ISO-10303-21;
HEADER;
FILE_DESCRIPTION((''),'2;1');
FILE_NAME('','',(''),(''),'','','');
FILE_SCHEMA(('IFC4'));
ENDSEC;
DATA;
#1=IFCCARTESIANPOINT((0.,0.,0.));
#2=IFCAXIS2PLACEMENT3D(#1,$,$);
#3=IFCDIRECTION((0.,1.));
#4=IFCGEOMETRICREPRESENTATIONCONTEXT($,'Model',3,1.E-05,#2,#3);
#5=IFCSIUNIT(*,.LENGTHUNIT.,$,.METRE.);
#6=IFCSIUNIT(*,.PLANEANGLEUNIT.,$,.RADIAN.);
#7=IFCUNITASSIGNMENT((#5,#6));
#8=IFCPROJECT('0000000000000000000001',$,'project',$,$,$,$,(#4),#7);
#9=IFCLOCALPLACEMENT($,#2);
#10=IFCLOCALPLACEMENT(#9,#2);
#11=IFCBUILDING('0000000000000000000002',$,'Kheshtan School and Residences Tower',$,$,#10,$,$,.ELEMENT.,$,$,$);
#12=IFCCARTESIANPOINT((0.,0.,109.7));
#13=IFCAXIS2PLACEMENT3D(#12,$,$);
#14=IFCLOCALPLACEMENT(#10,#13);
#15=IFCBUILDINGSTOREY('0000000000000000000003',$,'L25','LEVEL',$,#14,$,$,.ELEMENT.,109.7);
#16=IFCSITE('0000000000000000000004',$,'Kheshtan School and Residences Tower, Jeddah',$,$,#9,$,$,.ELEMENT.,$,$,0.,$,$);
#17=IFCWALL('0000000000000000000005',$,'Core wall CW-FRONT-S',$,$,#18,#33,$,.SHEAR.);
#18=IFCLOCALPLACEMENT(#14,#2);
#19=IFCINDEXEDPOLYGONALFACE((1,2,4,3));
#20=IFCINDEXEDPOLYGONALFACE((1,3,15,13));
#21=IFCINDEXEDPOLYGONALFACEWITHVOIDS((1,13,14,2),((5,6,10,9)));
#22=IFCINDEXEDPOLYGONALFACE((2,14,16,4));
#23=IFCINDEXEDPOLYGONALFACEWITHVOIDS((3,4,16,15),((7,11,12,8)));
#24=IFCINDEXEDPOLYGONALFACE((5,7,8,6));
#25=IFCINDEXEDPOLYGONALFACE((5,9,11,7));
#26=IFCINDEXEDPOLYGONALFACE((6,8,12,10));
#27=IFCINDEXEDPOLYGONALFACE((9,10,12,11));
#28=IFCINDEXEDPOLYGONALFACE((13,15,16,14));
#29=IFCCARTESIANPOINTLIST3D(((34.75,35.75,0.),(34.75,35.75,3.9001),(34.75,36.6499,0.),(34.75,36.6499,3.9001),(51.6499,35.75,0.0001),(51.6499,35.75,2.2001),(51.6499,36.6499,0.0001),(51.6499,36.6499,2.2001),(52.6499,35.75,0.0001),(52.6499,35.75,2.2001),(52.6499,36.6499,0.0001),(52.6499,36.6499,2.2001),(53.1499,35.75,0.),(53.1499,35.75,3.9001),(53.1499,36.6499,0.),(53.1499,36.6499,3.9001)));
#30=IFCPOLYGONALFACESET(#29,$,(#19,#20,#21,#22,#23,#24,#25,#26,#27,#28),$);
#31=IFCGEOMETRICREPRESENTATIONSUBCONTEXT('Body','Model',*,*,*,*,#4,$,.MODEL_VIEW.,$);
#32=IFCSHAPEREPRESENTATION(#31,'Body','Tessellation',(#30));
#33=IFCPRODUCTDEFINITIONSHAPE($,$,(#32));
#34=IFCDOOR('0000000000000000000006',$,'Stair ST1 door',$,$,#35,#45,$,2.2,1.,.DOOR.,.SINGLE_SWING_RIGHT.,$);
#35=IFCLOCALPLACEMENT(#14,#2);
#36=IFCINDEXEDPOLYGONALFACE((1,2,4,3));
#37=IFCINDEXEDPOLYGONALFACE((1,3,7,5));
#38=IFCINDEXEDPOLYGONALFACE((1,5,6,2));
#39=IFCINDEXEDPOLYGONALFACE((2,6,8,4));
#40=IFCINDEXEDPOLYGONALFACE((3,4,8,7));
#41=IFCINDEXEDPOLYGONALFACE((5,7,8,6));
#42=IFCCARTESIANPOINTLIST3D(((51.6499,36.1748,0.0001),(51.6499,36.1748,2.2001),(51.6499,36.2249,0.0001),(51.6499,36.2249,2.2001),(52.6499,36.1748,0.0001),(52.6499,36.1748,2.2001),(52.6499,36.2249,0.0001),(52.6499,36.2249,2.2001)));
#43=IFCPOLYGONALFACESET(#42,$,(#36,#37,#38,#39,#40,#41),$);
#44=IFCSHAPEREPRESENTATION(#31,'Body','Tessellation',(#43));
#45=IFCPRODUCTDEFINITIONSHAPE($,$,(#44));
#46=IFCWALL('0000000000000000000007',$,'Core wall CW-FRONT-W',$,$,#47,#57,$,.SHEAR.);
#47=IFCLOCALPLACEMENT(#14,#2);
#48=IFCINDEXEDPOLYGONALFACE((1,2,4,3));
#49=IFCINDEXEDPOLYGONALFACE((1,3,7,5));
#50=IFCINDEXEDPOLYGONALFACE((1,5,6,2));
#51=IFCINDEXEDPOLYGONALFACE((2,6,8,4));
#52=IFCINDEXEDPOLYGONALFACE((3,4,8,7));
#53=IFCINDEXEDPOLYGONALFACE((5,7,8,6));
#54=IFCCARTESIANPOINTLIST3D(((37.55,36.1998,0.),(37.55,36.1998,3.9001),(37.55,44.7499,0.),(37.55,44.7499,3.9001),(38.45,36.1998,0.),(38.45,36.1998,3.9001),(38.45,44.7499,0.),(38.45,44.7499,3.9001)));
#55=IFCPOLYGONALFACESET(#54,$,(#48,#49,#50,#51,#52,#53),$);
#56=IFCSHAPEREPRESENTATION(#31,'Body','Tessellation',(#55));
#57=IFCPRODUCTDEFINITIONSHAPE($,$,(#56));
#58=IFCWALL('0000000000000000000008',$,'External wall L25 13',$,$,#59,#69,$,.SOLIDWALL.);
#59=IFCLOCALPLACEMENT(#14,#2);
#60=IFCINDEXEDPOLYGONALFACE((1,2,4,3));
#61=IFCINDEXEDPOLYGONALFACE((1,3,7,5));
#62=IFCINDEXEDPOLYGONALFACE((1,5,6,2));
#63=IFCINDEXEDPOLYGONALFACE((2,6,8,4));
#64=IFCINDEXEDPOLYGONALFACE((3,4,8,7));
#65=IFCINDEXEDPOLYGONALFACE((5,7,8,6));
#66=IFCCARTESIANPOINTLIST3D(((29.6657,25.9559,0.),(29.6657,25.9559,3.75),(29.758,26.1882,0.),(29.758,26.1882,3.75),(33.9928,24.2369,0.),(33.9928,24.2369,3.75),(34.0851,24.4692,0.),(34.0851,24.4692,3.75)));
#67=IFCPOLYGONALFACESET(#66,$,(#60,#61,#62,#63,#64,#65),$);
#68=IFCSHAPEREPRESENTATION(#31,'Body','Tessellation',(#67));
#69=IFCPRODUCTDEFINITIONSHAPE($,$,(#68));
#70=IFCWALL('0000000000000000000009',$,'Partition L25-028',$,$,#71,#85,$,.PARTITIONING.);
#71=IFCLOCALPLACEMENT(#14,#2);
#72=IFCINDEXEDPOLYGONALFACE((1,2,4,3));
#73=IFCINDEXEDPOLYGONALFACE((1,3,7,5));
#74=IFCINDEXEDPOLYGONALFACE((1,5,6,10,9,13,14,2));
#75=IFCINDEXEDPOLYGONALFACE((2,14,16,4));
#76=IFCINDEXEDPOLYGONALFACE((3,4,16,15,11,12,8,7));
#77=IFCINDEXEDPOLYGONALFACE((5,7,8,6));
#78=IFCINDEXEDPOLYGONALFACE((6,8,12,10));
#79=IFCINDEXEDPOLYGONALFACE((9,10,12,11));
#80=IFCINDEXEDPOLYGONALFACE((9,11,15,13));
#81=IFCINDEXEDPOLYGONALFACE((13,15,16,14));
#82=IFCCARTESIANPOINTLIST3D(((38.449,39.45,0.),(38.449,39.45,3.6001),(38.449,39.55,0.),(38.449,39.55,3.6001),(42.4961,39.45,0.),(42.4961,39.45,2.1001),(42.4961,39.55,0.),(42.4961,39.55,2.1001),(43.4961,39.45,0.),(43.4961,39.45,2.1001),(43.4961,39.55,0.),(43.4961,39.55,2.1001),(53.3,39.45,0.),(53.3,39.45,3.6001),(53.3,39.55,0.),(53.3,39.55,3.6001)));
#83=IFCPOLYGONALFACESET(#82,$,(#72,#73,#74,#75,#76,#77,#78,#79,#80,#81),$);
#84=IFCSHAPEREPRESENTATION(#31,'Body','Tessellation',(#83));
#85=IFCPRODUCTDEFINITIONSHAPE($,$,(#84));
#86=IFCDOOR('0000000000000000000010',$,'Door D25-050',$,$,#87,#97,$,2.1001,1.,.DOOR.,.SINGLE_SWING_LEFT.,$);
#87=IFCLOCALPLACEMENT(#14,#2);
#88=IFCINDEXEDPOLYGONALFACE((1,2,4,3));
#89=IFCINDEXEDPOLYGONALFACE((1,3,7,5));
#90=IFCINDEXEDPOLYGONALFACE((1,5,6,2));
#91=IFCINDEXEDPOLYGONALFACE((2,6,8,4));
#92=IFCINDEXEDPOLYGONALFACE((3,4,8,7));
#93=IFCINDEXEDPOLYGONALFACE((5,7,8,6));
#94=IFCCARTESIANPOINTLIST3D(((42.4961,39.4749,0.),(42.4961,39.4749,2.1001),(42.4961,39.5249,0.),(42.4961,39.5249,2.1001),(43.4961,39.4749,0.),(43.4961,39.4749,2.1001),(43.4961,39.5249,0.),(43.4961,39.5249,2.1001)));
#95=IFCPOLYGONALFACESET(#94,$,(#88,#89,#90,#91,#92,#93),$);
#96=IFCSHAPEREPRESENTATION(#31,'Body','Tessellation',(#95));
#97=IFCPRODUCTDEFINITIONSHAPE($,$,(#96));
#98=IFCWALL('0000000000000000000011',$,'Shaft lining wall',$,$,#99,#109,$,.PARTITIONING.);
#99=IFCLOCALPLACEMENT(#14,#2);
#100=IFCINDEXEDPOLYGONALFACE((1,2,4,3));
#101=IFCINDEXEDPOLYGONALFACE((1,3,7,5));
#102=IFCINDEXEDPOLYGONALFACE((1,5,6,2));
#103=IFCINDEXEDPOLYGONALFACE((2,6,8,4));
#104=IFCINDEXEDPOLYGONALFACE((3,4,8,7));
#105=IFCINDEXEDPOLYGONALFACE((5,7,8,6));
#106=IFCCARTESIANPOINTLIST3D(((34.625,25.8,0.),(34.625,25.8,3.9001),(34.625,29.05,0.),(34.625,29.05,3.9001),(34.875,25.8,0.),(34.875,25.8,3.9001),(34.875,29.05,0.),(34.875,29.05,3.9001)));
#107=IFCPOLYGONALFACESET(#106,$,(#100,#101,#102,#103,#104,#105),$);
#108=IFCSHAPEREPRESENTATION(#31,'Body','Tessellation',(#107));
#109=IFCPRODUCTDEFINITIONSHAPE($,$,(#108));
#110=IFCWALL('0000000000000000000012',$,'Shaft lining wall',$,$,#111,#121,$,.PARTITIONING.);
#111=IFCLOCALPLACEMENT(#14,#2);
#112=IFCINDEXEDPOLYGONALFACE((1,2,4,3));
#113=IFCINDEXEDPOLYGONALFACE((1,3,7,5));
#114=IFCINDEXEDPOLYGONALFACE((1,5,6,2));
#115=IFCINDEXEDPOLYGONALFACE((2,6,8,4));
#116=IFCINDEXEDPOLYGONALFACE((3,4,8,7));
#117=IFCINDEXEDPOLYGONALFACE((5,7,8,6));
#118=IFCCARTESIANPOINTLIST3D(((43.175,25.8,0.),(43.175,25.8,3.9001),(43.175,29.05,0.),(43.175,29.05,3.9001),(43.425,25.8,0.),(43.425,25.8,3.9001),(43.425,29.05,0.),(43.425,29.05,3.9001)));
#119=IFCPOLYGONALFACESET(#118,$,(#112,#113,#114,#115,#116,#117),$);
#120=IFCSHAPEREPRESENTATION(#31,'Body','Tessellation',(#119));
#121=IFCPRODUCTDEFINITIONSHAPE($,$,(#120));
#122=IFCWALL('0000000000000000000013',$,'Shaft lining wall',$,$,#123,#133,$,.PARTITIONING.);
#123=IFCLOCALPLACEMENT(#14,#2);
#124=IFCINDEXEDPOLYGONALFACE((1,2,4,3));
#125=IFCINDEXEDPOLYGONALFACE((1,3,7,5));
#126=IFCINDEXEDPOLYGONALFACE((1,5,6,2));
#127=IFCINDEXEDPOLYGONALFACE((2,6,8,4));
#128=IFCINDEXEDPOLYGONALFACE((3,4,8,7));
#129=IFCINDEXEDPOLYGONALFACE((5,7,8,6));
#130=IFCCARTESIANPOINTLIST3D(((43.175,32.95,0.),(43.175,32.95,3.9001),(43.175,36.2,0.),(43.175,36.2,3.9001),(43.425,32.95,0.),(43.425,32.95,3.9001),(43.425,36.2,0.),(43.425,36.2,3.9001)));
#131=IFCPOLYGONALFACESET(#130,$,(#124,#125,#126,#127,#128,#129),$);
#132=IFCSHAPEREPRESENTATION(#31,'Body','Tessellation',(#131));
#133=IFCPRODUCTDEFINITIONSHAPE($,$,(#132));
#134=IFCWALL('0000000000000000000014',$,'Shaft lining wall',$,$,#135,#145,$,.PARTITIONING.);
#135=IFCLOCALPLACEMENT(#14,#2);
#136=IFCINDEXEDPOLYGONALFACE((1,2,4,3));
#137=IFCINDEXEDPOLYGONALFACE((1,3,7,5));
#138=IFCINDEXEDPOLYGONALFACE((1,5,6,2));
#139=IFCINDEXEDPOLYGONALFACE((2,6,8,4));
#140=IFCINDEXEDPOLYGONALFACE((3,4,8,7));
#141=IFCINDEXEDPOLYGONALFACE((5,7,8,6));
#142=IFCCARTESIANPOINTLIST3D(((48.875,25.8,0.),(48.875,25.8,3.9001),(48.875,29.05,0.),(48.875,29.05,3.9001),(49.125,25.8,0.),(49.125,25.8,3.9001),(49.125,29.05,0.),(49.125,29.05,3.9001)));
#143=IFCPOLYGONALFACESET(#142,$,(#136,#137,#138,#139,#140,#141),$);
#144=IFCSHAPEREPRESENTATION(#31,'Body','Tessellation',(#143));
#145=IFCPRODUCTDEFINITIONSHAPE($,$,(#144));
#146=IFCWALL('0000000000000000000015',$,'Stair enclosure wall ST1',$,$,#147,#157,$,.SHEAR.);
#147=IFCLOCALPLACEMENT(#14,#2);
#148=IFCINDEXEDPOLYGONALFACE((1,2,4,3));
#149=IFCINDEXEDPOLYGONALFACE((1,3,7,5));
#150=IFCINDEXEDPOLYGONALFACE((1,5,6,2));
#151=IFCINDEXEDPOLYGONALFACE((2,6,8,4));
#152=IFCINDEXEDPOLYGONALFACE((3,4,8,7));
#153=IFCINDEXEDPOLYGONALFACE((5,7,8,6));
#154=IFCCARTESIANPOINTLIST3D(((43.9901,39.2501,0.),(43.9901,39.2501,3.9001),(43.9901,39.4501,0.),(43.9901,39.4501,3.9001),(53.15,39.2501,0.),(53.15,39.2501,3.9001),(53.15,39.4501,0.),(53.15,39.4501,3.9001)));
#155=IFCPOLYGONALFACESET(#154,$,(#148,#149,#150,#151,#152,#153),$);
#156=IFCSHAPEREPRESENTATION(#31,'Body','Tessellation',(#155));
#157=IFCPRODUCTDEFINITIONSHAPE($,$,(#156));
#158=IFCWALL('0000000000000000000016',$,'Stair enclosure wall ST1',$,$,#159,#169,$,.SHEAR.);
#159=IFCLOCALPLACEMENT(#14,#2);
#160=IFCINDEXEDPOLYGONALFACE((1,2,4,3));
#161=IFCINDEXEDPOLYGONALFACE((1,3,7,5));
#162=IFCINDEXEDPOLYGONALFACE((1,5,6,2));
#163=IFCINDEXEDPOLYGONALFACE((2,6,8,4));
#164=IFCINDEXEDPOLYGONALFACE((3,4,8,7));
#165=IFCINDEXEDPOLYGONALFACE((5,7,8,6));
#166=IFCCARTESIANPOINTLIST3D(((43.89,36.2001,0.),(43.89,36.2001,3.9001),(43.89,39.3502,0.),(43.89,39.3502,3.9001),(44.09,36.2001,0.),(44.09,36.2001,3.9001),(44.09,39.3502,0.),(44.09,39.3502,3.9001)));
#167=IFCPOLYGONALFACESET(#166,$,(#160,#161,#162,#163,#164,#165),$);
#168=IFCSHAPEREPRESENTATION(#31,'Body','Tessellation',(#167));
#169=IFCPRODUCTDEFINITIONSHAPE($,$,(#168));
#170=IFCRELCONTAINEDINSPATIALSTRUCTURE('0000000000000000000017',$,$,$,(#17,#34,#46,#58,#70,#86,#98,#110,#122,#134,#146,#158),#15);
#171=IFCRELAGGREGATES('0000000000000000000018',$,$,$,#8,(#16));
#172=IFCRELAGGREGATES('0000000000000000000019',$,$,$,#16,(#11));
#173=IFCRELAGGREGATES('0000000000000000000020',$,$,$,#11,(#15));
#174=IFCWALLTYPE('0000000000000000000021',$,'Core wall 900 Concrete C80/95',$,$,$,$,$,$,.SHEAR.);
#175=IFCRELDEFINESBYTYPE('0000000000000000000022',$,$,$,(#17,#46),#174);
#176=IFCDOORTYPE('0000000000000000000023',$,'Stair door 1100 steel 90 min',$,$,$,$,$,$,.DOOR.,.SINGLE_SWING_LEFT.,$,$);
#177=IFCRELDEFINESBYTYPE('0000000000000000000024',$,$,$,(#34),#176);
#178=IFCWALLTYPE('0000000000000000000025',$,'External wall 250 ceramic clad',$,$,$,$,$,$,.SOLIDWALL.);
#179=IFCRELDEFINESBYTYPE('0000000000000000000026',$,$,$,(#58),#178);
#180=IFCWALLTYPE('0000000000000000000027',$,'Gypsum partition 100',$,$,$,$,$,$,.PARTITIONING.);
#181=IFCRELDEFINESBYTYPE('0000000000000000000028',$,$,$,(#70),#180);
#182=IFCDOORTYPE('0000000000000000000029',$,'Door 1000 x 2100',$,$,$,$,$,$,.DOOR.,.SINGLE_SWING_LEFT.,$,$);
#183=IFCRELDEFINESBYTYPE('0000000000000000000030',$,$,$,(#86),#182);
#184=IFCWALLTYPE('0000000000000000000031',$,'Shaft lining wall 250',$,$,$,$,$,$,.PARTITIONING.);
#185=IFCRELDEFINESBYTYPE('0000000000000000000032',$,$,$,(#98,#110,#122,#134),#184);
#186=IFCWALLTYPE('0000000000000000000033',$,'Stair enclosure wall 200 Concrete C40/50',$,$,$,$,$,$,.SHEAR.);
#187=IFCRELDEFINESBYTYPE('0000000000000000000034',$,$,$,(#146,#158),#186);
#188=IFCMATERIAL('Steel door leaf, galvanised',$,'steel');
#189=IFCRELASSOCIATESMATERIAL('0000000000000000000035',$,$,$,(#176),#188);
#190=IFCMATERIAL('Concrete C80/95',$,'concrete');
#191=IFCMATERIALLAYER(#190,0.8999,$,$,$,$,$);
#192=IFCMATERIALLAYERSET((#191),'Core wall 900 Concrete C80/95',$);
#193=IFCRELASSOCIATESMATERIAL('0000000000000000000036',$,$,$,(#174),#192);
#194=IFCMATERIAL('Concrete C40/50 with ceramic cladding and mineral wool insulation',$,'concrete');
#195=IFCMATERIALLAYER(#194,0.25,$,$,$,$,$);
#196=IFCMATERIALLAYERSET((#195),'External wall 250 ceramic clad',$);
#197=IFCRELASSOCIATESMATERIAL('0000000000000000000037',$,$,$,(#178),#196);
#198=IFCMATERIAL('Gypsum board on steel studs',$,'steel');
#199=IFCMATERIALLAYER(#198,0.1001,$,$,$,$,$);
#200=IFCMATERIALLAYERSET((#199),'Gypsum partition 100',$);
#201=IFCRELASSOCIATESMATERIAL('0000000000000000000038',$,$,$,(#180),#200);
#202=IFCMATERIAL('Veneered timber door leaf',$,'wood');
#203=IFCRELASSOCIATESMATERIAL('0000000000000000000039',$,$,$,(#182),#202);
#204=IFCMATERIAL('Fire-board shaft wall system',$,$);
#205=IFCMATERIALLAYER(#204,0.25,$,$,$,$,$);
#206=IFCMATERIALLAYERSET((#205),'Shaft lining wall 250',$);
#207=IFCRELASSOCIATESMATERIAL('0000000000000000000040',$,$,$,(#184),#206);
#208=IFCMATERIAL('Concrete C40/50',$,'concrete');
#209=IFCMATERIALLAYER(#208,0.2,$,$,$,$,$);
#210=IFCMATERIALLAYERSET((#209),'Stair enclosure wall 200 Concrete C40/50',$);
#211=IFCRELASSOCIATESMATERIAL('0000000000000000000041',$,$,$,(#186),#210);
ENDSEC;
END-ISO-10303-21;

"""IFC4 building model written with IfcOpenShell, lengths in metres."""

from ifc_helpers import new_model, si_unit, direction, frame, frame_2d, origin, place, context, subcontext, project, spatial, rectangle, extrude, source, transform, mapped, material, layer, layer_set, type_object, element, fill, save


model = new_model("IFC4")

# Units and contexts
model_context = context("Model", 3, precision=1e-05, world=origin(), true_north=direction((0.0, 1.0)))
body_context = subcontext(model_context, "Body", "Model", "MODEL_VIEW")
ifc_project = project(units=[si_unit("LENGTHUNIT", "METRE"), si_unit("PLANEANGLEUNIT", "RADIAN")], contexts=[model_context])

# Site, building, storey
site_placement = place(None, origin())
site = spatial("IfcSite", under=ifc_project, at=site_placement, Name="Kheshtan School and Residences Tower, Jeddah", CompositionType="ELEMENT", RefElevation=0.0)
building_placement = place(site_placement, origin())
building = spatial("IfcBuilding", under=site, at=building_placement, Name="Kheshtan School and Residences Tower", CompositionType="ELEMENT")
storey_placement = place(building_placement, frame((0.0, 0.0, 109.7)))
storey = spatial("IfcBuildingStorey", under=building, at=storey_placement, Name="L25", Description="LEVEL", CompositionType="ELEMENT", Elevation=109.7)

# Shared definitions
ifc_material_1 = material(Name="Steel door leaf, galvanised", Category="steel")
door_type_1 = type_object("IfcDoorType", Name="Stair door 1100 steel 90 min", OperationType="SINGLE_SWING_LEFT", PredefinedType="DOOR", material=ifc_material_1)

# Shared definitions
ifc_material_2 = material(Name="Concrete C80/95", Category="concrete")
ifc_layer_1 = layer(ifc_material_2, 0.8999)
ifc_layer_set_1 = layer_set([ifc_layer_1], Name="Core wall 900 Concrete C80/95")
wall_type_1 = type_object("IfcWallType", Name="Core wall 900 Concrete C80/95", PredefinedType="SHEAR", material=ifc_layer_set_1)

# Wall, opening, door
wall_1_placement = place(storey_placement, frame((34.75, 36.2, 0.0), z_axis=(0.0, 0.0, 1.0), x_axis=(1.0, 0.0, 0.0)))
wall_1 = element("IfcWall", 1, at=wall_1_placement, inside=storey, type_object=wall_type_1, Name="Core wall CW-FRONT-S", PredefinedType="SHEAR", context=body_context, shape_type="SweptSolid", body=[
    extrude(rectangle(XDim=18.3999, YDim=0.8999, at=frame_2d((9.2, 0.0))), origin(), (0.0, 0.0, 1.0), 3.9001),
])
opening_1_placement = place(wall_1_placement, frame((16.8999, 0.0, 0.0)))
opening_1 = element("IfcOpeningElement", 2, at=opening_1_placement, cuts=wall_1, PredefinedType="OPENING", context=body_context, shape_type="SweptSolid", body=[
    extrude(rectangle(XDim=1.0, YDim=2.2, at=frame_2d((0.5, 1.1001))), frame((0.0, 0.46, 0.0), z_axis=(0.0, -1.0, 0.0), x_axis=(1.0, 0.0, 0.0)), (0.0, 0.0, 1.0), 0.9199),
])
shared_shape_1 = source(origin(), body_context, "Body", "SweptSolid", [
    extrude(rectangle(XDim=1.0, YDim=2.2, at=frame_2d((0.5, 1.1001))), frame((0.0, 0.0249, 0.0), z_axis=(0.0, -1.0, 0.0), x_axis=(1.0, 0.0, 0.0)), (0.0, 0.0, 1.0), 0.05),
])
door_1_placement = place(opening_1_placement, origin())
door_1 = element("IfcDoor", 3, at=door_1_placement, inside=storey, type_object=door_type_1, Name="Stair ST1 door", OperationType="SINGLE_SWING_RIGHT", OverallHeight=2.2, OverallWidth=1.0, PredefinedType="DOOR", context=body_context, shape_type="MappedRepresentation", body=[
    mapped(shared_shape_1, transform((0.0, 0.0, 0.0), x_axis=(1.0, 0.0, 0.0), y_axis=(0.0, 1.0, 0.0), z_axis=(0.0, 0.0, 1.0), scale=1.0)),
])
fill(opening_1, door_1)

# Walls
wall_2_placement = place(storey_placement, frame((38.0, 36.2, 0.0), z_axis=(0.0, 0.0, 1.0), x_axis=(0.0, 1.0, 0.0)))
element("IfcWall", 4, at=wall_2_placement, inside=storey, type_object=wall_type_1, Name="Core wall CW-FRONT-W", PredefinedType="SHEAR", context=body_context, shape_type="SweptSolid", body=[
    extrude(rectangle(XDim=8.55, YDim=0.8999, at=frame_2d((4.2749, 0.0))), origin(), (0.0, 0.0, 1.0), 3.9001),
])
ifc_material_3 = material(Name="Concrete C40/50 with ceramic cladding and mineral wool insulation", Category="concrete")
ifc_layer_2 = layer(ifc_material_3, 0.25)
ifc_layer_set_2 = layer_set([ifc_layer_2], Name="External wall 250 ceramic clad")
wall_type_2 = type_object("IfcWallType", Name="External wall 250 ceramic clad", PredefinedType="SOLIDWALL", material=ifc_layer_set_2)
wall_3_placement = place(storey_placement, frame((34.0391, 24.353, 0.0), z_axis=(0.0, 0.0, 1.0), x_axis=(-0.929353, 0.369193, 0.0)))
element("IfcWall", 5, at=wall_3_placement, inside=storey, type_object=wall_type_2, Name="External wall L25 13", PredefinedType="SOLIDWALL", context=body_context, shape_type="SweptSolid", body=[
    extrude(rectangle(XDim=4.656, YDim=0.25, at=frame_2d((2.3281, 0.0))), origin(), (0.0, 0.0, 1.0), 3.75),
])

# Wall, opening, door
ifc_material_4 = material(Name="Gypsum board on steel studs", Category="steel")
ifc_layer_3 = layer(ifc_material_4, 0.1001)
ifc_layer_set_3 = layer_set([ifc_layer_3], Name="Gypsum partition 100")
wall_type_3 = type_object("IfcWallType", Name="Gypsum partition 100", PredefinedType="PARTITIONING", material=ifc_layer_set_3)
wall_4_placement = place(storey_placement, frame((38.449, 39.5, 0.0), z_axis=(0.0, 0.0, 1.0), x_axis=(1.0, 0.0, 0.0)))
wall_4 = element("IfcWall", 6, at=wall_4_placement, inside=storey, type_object=wall_type_3, Name="Partition L25-028", PredefinedType="PARTITIONING", context=body_context, shape_type="SweptSolid", body=[
    extrude(rectangle(XDim=14.8511, YDim=0.1001, at=frame_2d((7.4255, 0.0))), origin(), (0.0, 0.0, 1.0), 3.6001),
])
opening_2_placement = place(wall_4_placement, frame((4.0471, 0.0, 0.0)))
opening_2 = element("IfcOpeningElement", 7, at=opening_2_placement, cuts=wall_4, PredefinedType="OPENING", context=body_context, shape_type="SweptSolid", body=[
    extrude(rectangle(XDim=1.0, YDim=2.1001, at=frame_2d((0.5, 1.05))), frame((0.0, 0.0601, 0.0), z_axis=(0.0, -1.0, 0.0), x_axis=(1.0, 0.0, 0.0)), (0.0, 0.0, 1.0), 0.1201),
])
ifc_material_5 = material(Name="Veneered timber door leaf", Category="wood")
door_type_2 = type_object("IfcDoorType", Name="Door 1000 x 2100", OperationType="SINGLE_SWING_LEFT", PredefinedType="DOOR", material=ifc_material_5)
shared_shape_2 = source(origin(), body_context, "Body", "SweptSolid", [
    extrude(rectangle(XDim=1.0, YDim=2.1001, at=frame_2d((0.5, 1.05))), frame((0.0, 0.0249, 0.0), z_axis=(0.0, -1.0, 0.0), x_axis=(1.0, 0.0, 0.0)), (0.0, 0.0, 1.0), 0.05),
])
door_2_placement = place(opening_2_placement, origin())
door_2 = element("IfcDoor", 8, at=door_2_placement, inside=storey, type_object=door_type_2, Name="Door D25-050", OperationType="SINGLE_SWING_LEFT", OverallHeight=2.1001, OverallWidth=1.0, PredefinedType="DOOR", context=body_context, shape_type="MappedRepresentation", body=[
    mapped(shared_shape_2, transform((0.0, 0.0, 0.0), x_axis=(1.0, 0.0, 0.0), y_axis=(0.0, 1.0, 0.0), z_axis=(0.0, 0.0, 1.0), scale=1.0)),
])
fill(opening_2, door_2)

# Walls
ifc_material_6 = material(Name="Fire-board shaft wall system")
ifc_layer_4 = layer(ifc_material_6, 0.25)
ifc_layer_set_4 = layer_set([ifc_layer_4], Name="Shaft lining wall 250")
wall_type_4 = type_object("IfcWallType", Name="Shaft lining wall 250", PredefinedType="PARTITIONING", material=ifc_layer_set_4)
for number, where, z_axis, x_axis, name in (
    (9, (34.75, 25.8, 0.0), (0.0, 0.0, 1.0), (0.0, 1.0, 0.0), "Shaft lining wall"),
    (10, (43.3, 25.8, 0.0), (0.0, 0.0, 1.0), (0.0, 1.0, 0.0), "Shaft lining wall"),
    (11, (43.3, 32.95, 0.0), (0.0, 0.0, 1.0), (0.0, 1.0, 0.0), "Shaft lining wall"),
    (12, (49.0, 25.8, 0.0), (0.0, 0.0, 1.0), (0.0, 1.0, 0.0), "Shaft lining wall"),
):
    element("IfcWall", number, at=place(storey_placement, frame(where, z_axis=z_axis, x_axis=x_axis)), inside=storey, type_object=wall_type_4, Name=name, PredefinedType="PARTITIONING", context=body_context, shape_type="SweptSolid", body=[
        extrude(rectangle(XDim=3.25, YDim=0.25, at=frame_2d((1.625, 0.0))), origin(), (0.0, 0.0, 1.0), 3.9001),
    ])
ifc_material_7 = material(Name="Concrete C40/50", Category="concrete")
ifc_layer_5 = layer(ifc_material_7, 0.2)
ifc_layer_set_5 = layer_set([ifc_layer_5], Name="Stair enclosure wall 200 Concrete C40/50")
wall_type_5 = type_object("IfcWallType", Name="Stair enclosure wall 200 Concrete C40/50", PredefinedType="SHEAR", material=ifc_layer_set_5)
wall_5_placement = place(storey_placement, frame((43.99, 39.3501, 0.0), z_axis=(0.0, 0.0, 1.0), x_axis=(1.0, 0.0, 0.0)))
element("IfcWall", 13, at=wall_5_placement, inside=storey, type_object=wall_type_5, Name="Stair enclosure wall ST1", PredefinedType="SHEAR", context=body_context, shape_type="SweptSolid", body=[
    extrude(rectangle(XDim=9.1599, YDim=0.2, at=frame_2d((4.5801, 0.0))), origin(), (0.0, 0.0, 1.0), 3.9001),
])
wall_6_placement = place(storey_placement, frame((43.99, 36.2, 0.0), z_axis=(0.0, 0.0, 1.0), x_axis=(0.0, 1.0, 0.0)))
element("IfcWall", 14, at=wall_6_placement, inside=storey, type_object=wall_type_5, Name="Stair enclosure wall ST1", PredefinedType="SHEAR", context=body_context, shape_type="SweptSolid", body=[
    extrude(rectangle(XDim=3.1501, YDim=0.2, at=frame_2d((1.5752, 0.0))), origin(), (0.0, 0.0, 1.0), 3.9001),
])

save(model, "model.ifc")
